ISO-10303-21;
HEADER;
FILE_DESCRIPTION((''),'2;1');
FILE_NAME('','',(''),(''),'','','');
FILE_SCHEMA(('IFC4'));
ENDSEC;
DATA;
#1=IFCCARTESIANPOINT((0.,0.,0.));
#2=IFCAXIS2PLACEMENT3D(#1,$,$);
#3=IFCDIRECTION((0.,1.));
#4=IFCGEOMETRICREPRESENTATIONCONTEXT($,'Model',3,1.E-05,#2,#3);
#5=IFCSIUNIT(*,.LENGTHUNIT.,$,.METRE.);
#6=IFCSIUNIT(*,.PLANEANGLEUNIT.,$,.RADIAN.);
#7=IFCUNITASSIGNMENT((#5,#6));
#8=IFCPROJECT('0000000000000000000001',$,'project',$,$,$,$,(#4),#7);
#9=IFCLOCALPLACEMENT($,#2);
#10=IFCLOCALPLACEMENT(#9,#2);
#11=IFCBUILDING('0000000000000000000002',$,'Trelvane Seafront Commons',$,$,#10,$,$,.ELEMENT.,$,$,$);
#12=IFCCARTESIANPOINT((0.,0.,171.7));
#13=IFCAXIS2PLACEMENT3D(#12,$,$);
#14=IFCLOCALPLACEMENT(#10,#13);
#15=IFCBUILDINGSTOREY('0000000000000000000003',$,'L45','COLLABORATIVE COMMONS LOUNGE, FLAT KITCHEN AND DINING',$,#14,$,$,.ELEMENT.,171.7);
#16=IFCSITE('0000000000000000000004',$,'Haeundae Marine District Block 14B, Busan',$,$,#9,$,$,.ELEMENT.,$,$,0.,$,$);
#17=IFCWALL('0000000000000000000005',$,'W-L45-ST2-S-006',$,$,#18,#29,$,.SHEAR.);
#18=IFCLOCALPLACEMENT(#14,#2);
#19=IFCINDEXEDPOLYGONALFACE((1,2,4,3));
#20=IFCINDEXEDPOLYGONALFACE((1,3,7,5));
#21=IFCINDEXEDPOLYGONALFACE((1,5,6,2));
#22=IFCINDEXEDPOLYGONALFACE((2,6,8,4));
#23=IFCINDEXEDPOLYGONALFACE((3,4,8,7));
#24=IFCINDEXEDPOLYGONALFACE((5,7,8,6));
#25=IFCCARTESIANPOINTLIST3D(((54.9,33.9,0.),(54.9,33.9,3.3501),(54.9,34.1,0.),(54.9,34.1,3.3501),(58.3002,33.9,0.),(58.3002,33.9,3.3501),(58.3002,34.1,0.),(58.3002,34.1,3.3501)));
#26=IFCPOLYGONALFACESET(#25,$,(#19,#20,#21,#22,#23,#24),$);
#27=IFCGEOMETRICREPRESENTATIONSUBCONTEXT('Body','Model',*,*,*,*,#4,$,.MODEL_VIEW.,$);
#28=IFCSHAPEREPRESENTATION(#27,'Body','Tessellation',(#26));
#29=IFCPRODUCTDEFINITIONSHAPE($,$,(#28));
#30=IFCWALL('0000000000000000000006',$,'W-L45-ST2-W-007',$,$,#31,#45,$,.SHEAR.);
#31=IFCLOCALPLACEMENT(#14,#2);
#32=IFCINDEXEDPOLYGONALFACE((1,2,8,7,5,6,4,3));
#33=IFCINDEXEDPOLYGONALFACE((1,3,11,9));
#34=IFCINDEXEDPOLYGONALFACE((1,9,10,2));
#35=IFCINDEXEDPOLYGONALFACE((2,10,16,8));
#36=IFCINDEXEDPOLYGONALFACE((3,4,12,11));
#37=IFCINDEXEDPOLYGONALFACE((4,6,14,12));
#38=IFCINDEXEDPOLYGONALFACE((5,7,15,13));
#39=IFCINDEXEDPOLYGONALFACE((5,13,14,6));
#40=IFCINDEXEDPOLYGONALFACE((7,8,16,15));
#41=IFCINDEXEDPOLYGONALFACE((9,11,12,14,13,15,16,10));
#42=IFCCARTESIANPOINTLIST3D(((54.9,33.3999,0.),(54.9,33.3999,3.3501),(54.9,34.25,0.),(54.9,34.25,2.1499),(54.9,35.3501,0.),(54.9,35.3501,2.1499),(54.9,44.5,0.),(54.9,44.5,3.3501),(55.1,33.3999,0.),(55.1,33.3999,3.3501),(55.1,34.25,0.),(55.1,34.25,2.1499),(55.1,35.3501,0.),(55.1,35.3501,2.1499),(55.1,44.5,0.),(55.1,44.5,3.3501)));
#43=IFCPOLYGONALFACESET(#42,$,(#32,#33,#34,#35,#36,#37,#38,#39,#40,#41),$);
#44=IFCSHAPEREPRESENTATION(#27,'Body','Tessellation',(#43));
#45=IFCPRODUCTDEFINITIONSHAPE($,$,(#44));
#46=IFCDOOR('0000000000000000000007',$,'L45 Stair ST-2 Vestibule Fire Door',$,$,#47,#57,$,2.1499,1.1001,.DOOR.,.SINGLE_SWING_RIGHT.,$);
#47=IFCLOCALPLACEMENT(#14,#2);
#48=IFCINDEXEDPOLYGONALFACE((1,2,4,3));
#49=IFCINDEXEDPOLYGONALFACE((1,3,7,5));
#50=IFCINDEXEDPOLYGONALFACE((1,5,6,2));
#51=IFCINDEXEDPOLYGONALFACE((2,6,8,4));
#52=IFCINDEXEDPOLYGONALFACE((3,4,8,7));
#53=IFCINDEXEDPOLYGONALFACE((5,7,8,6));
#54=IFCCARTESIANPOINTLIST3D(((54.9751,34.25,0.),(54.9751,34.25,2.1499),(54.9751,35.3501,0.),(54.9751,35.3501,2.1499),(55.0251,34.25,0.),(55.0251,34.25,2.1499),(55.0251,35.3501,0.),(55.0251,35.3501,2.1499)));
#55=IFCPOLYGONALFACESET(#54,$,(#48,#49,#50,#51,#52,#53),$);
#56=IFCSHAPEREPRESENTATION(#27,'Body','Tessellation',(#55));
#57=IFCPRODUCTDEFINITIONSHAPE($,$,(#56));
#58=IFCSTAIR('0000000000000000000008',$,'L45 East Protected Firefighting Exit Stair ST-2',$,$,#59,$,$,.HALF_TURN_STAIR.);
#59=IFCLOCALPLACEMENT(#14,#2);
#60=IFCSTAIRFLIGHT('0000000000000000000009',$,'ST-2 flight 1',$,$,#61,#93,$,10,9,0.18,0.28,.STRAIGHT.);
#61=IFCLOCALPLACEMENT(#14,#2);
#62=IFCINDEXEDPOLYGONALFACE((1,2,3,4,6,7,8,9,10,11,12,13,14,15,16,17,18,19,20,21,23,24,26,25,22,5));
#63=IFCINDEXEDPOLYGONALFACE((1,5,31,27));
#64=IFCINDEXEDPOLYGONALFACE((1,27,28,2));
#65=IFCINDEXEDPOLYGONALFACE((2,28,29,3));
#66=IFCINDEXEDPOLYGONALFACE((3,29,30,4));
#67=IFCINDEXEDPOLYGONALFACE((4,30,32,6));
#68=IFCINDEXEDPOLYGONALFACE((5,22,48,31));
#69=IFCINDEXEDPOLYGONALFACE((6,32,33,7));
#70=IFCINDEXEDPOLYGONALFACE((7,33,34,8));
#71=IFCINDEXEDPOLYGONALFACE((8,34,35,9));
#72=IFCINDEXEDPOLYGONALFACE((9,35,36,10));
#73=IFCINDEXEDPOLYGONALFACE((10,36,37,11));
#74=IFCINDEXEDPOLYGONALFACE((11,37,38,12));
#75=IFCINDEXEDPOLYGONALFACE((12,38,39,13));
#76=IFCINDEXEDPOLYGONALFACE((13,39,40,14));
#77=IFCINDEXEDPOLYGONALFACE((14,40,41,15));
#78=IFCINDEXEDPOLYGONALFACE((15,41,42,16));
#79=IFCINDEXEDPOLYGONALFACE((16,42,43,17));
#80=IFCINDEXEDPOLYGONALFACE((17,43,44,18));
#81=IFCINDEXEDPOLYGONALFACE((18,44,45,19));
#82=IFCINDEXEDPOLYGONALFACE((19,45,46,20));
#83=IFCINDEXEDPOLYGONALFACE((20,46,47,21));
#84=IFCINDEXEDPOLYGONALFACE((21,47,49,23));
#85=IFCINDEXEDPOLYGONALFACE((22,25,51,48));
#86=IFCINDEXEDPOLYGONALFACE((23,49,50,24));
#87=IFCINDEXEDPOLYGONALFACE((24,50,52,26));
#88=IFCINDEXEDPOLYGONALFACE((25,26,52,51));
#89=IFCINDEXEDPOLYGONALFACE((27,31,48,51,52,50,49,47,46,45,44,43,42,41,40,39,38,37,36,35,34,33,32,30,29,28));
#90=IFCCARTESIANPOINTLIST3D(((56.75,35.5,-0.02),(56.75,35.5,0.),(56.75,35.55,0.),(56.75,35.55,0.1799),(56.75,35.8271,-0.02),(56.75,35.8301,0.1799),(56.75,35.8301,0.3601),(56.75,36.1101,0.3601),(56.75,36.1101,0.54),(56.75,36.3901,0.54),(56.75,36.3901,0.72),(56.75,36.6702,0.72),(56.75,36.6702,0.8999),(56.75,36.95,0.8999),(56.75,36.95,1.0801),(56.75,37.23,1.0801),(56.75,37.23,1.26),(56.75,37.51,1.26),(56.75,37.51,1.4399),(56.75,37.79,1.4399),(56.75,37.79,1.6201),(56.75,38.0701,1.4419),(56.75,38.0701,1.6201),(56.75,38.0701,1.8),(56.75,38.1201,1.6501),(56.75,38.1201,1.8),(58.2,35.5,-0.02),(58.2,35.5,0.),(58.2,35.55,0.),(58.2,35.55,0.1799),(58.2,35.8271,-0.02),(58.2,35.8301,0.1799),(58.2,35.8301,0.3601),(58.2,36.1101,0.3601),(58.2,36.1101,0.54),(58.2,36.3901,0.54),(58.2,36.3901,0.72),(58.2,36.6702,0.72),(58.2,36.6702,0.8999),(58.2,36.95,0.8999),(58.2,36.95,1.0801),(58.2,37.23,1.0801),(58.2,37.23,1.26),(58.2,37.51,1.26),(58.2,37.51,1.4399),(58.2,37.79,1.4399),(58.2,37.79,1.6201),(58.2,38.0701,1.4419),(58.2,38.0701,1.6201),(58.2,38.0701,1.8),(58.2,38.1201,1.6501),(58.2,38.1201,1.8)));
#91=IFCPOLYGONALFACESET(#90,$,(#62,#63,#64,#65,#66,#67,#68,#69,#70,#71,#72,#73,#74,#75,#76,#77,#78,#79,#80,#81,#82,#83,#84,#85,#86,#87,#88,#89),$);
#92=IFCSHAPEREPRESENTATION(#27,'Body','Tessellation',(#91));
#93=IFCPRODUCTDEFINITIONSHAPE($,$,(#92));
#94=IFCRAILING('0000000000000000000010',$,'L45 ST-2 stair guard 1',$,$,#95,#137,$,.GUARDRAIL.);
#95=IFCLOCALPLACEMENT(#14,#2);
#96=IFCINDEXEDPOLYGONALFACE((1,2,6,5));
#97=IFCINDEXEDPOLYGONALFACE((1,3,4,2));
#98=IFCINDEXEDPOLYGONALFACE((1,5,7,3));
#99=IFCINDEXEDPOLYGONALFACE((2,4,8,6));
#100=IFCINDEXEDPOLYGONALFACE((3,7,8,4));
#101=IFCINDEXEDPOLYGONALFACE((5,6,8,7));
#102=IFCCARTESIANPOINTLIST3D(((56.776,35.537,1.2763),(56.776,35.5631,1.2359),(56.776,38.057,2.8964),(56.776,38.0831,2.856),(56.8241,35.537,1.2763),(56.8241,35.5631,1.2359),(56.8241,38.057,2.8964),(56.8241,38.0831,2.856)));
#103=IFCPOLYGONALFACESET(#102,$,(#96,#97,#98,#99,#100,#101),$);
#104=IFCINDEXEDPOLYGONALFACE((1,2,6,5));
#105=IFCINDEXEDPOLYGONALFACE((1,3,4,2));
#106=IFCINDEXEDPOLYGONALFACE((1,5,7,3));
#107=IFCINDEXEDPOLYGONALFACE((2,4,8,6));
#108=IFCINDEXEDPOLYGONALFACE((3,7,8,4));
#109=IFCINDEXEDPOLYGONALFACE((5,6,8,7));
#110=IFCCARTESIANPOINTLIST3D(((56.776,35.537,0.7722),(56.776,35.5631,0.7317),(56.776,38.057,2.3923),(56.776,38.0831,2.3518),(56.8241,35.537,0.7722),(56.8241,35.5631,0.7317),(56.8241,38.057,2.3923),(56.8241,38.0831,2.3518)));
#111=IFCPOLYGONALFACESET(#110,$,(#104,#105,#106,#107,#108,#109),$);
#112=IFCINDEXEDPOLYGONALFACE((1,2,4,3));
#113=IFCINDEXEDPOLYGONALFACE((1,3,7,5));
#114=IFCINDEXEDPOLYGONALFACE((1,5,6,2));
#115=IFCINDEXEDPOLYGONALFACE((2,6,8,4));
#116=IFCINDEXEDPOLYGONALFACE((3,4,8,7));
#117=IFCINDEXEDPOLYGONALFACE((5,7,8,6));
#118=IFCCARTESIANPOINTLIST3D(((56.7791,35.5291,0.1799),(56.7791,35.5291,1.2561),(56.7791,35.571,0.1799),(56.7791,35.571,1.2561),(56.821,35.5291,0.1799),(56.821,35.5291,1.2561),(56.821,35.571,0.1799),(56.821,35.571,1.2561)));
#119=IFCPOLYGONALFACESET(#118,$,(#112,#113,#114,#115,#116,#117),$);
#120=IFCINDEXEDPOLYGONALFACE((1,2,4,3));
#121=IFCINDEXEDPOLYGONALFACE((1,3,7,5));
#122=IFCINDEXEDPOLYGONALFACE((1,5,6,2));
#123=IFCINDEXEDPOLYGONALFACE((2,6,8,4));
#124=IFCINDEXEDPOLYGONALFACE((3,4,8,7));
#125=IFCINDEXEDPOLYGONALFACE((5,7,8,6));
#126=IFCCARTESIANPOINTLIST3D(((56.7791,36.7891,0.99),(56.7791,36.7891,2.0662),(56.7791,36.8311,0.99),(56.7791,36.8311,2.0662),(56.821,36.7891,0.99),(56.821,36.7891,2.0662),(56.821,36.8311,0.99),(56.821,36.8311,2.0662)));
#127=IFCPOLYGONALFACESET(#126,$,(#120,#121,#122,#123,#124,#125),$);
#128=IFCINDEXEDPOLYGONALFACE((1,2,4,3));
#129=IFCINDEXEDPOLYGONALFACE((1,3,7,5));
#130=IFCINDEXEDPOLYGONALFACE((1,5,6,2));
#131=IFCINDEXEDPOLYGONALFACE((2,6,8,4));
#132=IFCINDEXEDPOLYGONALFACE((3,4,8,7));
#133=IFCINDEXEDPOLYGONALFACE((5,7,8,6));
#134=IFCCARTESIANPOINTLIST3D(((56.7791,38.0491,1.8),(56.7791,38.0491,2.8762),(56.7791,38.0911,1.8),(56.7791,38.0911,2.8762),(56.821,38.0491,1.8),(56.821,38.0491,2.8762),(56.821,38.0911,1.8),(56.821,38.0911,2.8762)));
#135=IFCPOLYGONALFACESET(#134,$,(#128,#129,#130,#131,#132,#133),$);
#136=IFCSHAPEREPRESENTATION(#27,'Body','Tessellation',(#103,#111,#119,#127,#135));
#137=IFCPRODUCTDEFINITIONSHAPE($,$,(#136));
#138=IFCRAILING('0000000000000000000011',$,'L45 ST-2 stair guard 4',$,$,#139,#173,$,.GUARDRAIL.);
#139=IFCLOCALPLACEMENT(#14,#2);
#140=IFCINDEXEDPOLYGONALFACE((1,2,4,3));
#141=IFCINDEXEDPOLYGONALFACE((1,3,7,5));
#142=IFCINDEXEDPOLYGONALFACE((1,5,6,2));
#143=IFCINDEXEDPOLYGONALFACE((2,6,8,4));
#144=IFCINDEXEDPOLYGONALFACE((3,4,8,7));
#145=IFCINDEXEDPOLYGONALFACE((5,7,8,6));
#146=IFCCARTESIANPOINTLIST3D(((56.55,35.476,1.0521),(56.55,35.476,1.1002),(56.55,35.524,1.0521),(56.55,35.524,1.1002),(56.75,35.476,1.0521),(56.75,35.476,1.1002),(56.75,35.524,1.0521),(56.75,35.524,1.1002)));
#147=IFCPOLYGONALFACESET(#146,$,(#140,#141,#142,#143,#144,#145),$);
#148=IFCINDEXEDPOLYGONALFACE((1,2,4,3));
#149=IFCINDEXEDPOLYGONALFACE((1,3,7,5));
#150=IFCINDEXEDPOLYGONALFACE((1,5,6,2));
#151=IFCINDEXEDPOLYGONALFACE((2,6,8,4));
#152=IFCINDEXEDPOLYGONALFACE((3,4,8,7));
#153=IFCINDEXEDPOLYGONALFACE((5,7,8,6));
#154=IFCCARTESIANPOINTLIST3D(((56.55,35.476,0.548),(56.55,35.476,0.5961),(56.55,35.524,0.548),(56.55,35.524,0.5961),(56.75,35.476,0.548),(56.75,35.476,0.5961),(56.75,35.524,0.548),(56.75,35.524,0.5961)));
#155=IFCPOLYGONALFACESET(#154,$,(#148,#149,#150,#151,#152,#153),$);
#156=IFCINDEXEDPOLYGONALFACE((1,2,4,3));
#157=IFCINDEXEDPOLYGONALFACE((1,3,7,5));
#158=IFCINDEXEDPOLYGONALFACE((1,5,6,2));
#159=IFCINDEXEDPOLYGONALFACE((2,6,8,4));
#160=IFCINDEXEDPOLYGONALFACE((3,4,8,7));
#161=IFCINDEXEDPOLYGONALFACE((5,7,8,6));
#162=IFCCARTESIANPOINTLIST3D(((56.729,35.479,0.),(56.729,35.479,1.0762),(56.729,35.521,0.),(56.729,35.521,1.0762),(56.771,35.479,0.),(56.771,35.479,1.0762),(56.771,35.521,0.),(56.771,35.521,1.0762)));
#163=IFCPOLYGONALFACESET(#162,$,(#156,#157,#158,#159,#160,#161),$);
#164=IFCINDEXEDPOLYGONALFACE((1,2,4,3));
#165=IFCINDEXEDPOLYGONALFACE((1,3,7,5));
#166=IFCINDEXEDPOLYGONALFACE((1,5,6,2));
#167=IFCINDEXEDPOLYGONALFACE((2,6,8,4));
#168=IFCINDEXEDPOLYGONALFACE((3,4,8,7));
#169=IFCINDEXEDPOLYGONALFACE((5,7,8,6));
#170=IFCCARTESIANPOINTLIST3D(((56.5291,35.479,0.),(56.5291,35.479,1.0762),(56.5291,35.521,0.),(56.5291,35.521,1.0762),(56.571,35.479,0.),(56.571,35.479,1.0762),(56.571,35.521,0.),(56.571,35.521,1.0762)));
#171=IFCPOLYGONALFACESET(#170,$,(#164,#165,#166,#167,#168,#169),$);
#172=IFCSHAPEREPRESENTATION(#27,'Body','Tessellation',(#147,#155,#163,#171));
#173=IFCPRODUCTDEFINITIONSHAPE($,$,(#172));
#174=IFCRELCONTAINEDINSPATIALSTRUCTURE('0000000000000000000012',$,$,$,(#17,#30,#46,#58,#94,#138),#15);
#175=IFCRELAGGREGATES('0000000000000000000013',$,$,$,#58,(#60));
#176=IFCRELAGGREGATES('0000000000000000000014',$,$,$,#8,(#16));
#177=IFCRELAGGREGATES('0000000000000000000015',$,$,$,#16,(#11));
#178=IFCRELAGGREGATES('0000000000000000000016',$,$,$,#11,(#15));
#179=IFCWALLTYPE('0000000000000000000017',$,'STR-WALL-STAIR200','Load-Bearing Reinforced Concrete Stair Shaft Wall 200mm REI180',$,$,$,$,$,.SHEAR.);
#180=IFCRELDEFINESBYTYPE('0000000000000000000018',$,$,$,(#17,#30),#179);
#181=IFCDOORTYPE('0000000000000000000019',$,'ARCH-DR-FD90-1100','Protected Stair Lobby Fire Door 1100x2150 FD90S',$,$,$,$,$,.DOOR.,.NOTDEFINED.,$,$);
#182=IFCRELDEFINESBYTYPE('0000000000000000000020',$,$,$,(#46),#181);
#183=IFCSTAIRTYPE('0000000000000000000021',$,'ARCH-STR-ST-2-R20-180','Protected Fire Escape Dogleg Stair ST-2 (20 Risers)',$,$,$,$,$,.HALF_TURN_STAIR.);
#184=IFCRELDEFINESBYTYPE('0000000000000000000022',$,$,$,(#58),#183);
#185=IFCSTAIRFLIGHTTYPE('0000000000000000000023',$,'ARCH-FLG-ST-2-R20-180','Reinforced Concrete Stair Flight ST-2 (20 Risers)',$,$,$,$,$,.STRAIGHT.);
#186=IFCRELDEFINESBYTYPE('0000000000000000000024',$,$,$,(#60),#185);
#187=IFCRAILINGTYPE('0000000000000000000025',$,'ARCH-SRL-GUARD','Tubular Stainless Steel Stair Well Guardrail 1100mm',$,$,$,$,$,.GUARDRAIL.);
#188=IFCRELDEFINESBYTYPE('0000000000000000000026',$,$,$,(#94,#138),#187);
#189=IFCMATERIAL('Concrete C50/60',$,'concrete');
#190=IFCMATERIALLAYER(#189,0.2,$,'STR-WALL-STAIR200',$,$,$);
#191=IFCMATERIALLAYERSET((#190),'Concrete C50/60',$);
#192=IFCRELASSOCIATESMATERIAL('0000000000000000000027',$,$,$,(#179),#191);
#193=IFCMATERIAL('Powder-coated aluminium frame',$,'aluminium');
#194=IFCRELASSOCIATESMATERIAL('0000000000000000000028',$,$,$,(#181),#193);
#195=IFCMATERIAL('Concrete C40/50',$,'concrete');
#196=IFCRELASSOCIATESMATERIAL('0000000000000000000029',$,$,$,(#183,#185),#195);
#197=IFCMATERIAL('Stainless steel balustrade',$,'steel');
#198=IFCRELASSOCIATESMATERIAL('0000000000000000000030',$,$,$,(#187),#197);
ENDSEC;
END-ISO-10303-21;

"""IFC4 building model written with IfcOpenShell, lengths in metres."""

from ifc_helpers import new_model, si_unit, direction, frame, frame_2d, origin, origin_2d, place, context, subcontext, project, spatial, polyline, rectangle, outline, extrude, source, transform, mapped, material, layer, layer_set, type_object, element, fill, aggregate, save


model = new_model("IFC4")

# Units and contexts
model_context = context("Model", 3, precision=1e-05, world=origin(), true_north=direction((0.0, 1.0)))
body_context = subcontext(model_context, "Body", "Model", "MODEL_VIEW")
ifc_project = project(units=[si_unit("LENGTHUNIT", "METRE"), si_unit("PLANEANGLEUNIT", "RADIAN")], contexts=[model_context])

# Site, building, storey
site_placement = place(None, origin())
site = spatial("IfcSite", under=ifc_project, at=site_placement, Name="Haeundae Marine District Block 14B, Busan", CompositionType="ELEMENT", RefElevation=0.0)
building_placement = place(site_placement, origin())
building = spatial("IfcBuilding", under=site, at=building_placement, Name="Trelvane Seafront Commons", CompositionType="ELEMENT")
storey_placement = place(building_placement, frame((0.0, 0.0, 171.7)))
storey = spatial("IfcBuildingStorey", under=building, at=storey_placement, Name="L45", Description="COLLABORATIVE COMMONS LOUNGE, FLAT KITCHEN AND DINING", CompositionType="ELEMENT", Elevation=171.7)

# Shared definitions
ifc_material_1 = material(Name="Concrete C50/60", Category="concrete")

# Shared definitions
ifc_material_2 = material(Name="Powder-coated aluminium frame", Category="aluminium")

# Wall
ifc_layer_1 = layer(ifc_material_1, 0.2, Name="STR-WALL-STAIR200")
ifc_layer_set_1 = layer_set([ifc_layer_1], Name="Concrete C50/60")
wall_type_1 = type_object("IfcWallType", Name="STR-WALL-STAIR200", Description="Load-Bearing Reinforced Concrete Stair Shaft Wall 200mm REI180", PredefinedType="SHEAR", material=ifc_layer_set_1)
wall_1_placement = place(storey_placement, frame((54.8999, 34.0, 0.0), z_axis=(0.0, 0.0, 1.0), x_axis=(1.0, 0.0, 0.0)))
element("IfcWall", 1, at=wall_1_placement, inside=storey, type_object=wall_type_1, Name="W-L45-ST2-S-006", PredefinedType="SHEAR", context=body_context, shape_type="SweptSolid", body=[
    extrude(rectangle(XDim=3.4001, YDim=0.2, at=frame_2d((1.7002, 0.0))), origin(), (0.0, 0.0, 1.0), 3.3501),
])

# Wall, opening, door
wall_2_placement = place(storey_placement, frame((55.0, 33.3999, 0.0), z_axis=(0.0, 0.0, 1.0), x_axis=(0.0, 1.0, 0.0)))
wall_2 = element("IfcWall", 2, at=wall_2_placement, inside=storey, type_object=wall_type_1, Name="W-L45-ST2-W-007", PredefinedType="SHEAR", context=body_context, shape_type="SweptSolid", body=[
    extrude(rectangle(XDim=11.1001, YDim=0.2, at=frame_2d((5.55, 0.0))), origin(), (0.0, 0.0, 1.0), 3.3501),
])
opening_1_placement = place(wall_2_placement, frame((0.8501, 0.0, 0.0)))
opening_1 = element("IfcOpeningElement", 3, at=opening_1_placement, cuts=wall_2, PredefinedType="OPENING", context=body_context, shape_type="SweptSolid", body=[
    extrude(rectangle(XDim=1.1001, YDim=2.1499, at=frame_2d((0.55, 1.075))), frame((0.0, 0.1099, 0.0), z_axis=(0.0, -1.0, 0.0), x_axis=(1.0, 0.0, 0.0)), (0.0, 0.0, 1.0), 0.22),
])
door_type_1 = type_object("IfcDoorType", Name="ARCH-DR-FD90-1100", Description="Protected Stair Lobby Fire Door 1100x2150 FD90S", OperationType="NOTDEFINED", PredefinedType="DOOR", material=ifc_material_2)
shared_shape_1 = source(origin(), body_context, "Body", "SweptSolid", [
    extrude(rectangle(XDim=1.1001, YDim=2.1499, at=frame_2d((0.55, 1.075))), frame((0.0, 0.0249, 0.0), z_axis=(0.0, -1.0, 0.0), x_axis=(1.0, 0.0, 0.0)), (0.0, 0.0, 1.0), 0.05),
])
door_1_placement = place(opening_1_placement, origin())
door_1 = element("IfcDoor", 4, at=door_1_placement, inside=storey, type_object=door_type_1, Name="L45 Stair ST-2 Vestibule Fire Door", OperationType="SINGLE_SWING_RIGHT", OverallHeight=2.1499, OverallWidth=1.1001, PredefinedType="DOOR", context=body_context, shape_type="MappedRepresentation", body=[
    mapped(shared_shape_1, transform((0.0, 0.0, 0.0), x_axis=(1.0, 0.0, 0.0), y_axis=(0.0, 1.0, 0.0), z_axis=(0.0, 0.0, 1.0), scale=1.0)),
])
fill(opening_1, door_1)

# Stair, stair flight
ifc_material_3 = material(Name="Concrete C40/50", Category="concrete")
stair_type = type_object("IfcStairType", Name="ARCH-STR-ST-2-R20-180", Description="Protected Fire Escape Dogleg Stair ST-2 (20 Risers)", PredefinedType="HALF_TURN_STAIR", material=ifc_material_3)
stair_placement = place(storey_placement, origin())
stair = element("IfcStair", 5, at=stair_placement, inside=storey, type_object=stair_type, Name="L45 East Protected Firefighting Exit Stair ST-2", PredefinedType="HALF_TURN_STAIR")
stair_flight_type = type_object("IfcStairFlightType", Name="ARCH-FLG-ST-2-R20-180", Description="Reinforced Concrete Stair Flight ST-2 (20 Risers)", PredefinedType="STRAIGHT", material=ifc_material_3)
shared_shape_2 = source(origin(), body_context, "Body", "SweptSolid", [
    extrude(outline(polyline([(-0.05, -0.02), (-0.05, 0.0), (0.0, 0.0), (0.0, 0.1799), (0.28, 0.1799), (0.28, 0.3601), (0.5601, 0.3601), (0.5601, 0.54), (0.8401, 0.54), (0.8401, 0.72), (1.1201, 0.72), (1.1201, 0.8999), (1.3999, 0.8999), (1.3999, 1.0801), (1.6799, 1.0801), (1.6799, 1.26), (1.96, 1.26), (1.96, 1.4399), (2.24, 1.4399), (2.24, 1.6201), (2.52, 1.6201), (2.52, 1.8), (2.5701, 1.8), (2.5701, 1.6501), (2.52, 1.4419), (0.2771, -0.02), (-0.05, -0.02)])), frame((0.0, 0.7251, 0.0), z_axis=(0.0, -1.0, 0.0), x_axis=(1.0, 0.0, 0.0)), (0.0, 0.0, 1.0), 1.45),
])
stair_flight_placement = place(storey_placement, frame((57.4751, 35.55, 0.0), z_axis=(0.0, 0.0, 1.0), x_axis=(0.0, 1.0, 0.0)))
stair_flight = element("IfcStairFlight", 6, at=stair_flight_placement, type_object=stair_flight_type, Name="ST-2 flight 1", NumberOfRisers=10, NumberOfTreads=9, PredefinedType="STRAIGHT", RiserHeight=0.18, TreadLength=0.28, context=body_context, shape_type="MappedRepresentation", body=[
    mapped(shared_shape_2, transform((0.0, 0.0, 0.0), x_axis=(1.0, 0.0, 0.0), y_axis=(0.0, 1.0, 0.0), z_axis=(0.0, 0.0, 1.0), scale=1.0)),
])
aggregate(stair, [stair_flight])

# Railings
ifc_material_4 = material(Name="Stainless steel balustrade", Category="steel")
railing_type_1 = type_object("IfcRailingType", Name="ARCH-SRL-GUARD", Description="Tubular Stainless Steel Stair Well Guardrail 1100mm", PredefinedType="GUARDRAIL", material=ifc_material_4)
railing_1_placement = place(storey_placement, frame((56.8, 35.55, 0.1799)))
element("IfcRailing", 7, at=railing_1_placement, inside=storey, type_object=railing_type_1, Name="L45 ST-2 stair guard 1", PredefinedType="GUARDRAIL", context=body_context, shape_type="SweptSolid", body=[
    extrude(rectangle(XDim=0.0481, YDim=0.0481, at=origin_2d()), frame((0.0, 0.0, 1.0762), z_axis=(0.0, 0.841163, 0.540782), x_axis=(-1.0, 0.0, 0.0)), (0.0, 0.0, 1.0), 2.9958),
    extrude(rectangle(XDim=0.0481, YDim=0.0481, at=origin_2d()), frame((0.0, 0.0, 0.572), z_axis=(0.0, 0.841163, 0.540782), x_axis=(-1.0, 0.0, 0.0)), (0.0, 0.0, 1.0), 2.9958),
    extrude(rectangle(XDim=0.042, YDim=0.042, at=origin_2d()), origin(), (0.0, 0.0, 1.0), 1.0762),
    extrude(rectangle(XDim=0.042, YDim=0.042, at=origin_2d()), frame((0.0, 1.26, 0.8101)), (0.0, 0.0, 1.0), 1.0762),
    extrude(rectangle(XDim=0.042, YDim=0.042, at=origin_2d()), frame((0.0, 2.52, 1.6201)), (0.0, 0.0, 1.0), 1.0762),
])
railing_2_placement = place(storey_placement, frame((56.75, 35.5, 0.0)))
element("IfcRailing", 8, at=railing_2_placement, inside=storey, type_object=railing_type_1, Name="L45 ST-2 stair guard 4", PredefinedType="GUARDRAIL", context=body_context, shape_type="SweptSolid", body=[
    extrude(rectangle(XDim=0.0481, YDim=0.0481, at=origin_2d()), frame((0.0, 0.0, 1.0762), z_axis=(-1.0, 0.0, 0.0), x_axis=(0.0, -1.0, 0.0)), (0.0, 0.0, 1.0), 0.2),
    extrude(rectangle(XDim=0.0481, YDim=0.0481, at=origin_2d()), frame((0.0, 0.0, 0.572), z_axis=(-1.0, 0.0, 0.0), x_axis=(0.0, -1.0, 0.0)), (0.0, 0.0, 1.0), 0.2),
    extrude(rectangle(XDim=0.042, YDim=0.042, at=origin_2d()), origin(), (0.0, 0.0, 1.0), 1.0762),
    extrude(rectangle(XDim=0.042, YDim=0.042, at=origin_2d()), frame((-0.2, 0.0, 0.0)), (0.0, 0.0, 1.0), 1.0762),
])

save(model, "model.ifc")
